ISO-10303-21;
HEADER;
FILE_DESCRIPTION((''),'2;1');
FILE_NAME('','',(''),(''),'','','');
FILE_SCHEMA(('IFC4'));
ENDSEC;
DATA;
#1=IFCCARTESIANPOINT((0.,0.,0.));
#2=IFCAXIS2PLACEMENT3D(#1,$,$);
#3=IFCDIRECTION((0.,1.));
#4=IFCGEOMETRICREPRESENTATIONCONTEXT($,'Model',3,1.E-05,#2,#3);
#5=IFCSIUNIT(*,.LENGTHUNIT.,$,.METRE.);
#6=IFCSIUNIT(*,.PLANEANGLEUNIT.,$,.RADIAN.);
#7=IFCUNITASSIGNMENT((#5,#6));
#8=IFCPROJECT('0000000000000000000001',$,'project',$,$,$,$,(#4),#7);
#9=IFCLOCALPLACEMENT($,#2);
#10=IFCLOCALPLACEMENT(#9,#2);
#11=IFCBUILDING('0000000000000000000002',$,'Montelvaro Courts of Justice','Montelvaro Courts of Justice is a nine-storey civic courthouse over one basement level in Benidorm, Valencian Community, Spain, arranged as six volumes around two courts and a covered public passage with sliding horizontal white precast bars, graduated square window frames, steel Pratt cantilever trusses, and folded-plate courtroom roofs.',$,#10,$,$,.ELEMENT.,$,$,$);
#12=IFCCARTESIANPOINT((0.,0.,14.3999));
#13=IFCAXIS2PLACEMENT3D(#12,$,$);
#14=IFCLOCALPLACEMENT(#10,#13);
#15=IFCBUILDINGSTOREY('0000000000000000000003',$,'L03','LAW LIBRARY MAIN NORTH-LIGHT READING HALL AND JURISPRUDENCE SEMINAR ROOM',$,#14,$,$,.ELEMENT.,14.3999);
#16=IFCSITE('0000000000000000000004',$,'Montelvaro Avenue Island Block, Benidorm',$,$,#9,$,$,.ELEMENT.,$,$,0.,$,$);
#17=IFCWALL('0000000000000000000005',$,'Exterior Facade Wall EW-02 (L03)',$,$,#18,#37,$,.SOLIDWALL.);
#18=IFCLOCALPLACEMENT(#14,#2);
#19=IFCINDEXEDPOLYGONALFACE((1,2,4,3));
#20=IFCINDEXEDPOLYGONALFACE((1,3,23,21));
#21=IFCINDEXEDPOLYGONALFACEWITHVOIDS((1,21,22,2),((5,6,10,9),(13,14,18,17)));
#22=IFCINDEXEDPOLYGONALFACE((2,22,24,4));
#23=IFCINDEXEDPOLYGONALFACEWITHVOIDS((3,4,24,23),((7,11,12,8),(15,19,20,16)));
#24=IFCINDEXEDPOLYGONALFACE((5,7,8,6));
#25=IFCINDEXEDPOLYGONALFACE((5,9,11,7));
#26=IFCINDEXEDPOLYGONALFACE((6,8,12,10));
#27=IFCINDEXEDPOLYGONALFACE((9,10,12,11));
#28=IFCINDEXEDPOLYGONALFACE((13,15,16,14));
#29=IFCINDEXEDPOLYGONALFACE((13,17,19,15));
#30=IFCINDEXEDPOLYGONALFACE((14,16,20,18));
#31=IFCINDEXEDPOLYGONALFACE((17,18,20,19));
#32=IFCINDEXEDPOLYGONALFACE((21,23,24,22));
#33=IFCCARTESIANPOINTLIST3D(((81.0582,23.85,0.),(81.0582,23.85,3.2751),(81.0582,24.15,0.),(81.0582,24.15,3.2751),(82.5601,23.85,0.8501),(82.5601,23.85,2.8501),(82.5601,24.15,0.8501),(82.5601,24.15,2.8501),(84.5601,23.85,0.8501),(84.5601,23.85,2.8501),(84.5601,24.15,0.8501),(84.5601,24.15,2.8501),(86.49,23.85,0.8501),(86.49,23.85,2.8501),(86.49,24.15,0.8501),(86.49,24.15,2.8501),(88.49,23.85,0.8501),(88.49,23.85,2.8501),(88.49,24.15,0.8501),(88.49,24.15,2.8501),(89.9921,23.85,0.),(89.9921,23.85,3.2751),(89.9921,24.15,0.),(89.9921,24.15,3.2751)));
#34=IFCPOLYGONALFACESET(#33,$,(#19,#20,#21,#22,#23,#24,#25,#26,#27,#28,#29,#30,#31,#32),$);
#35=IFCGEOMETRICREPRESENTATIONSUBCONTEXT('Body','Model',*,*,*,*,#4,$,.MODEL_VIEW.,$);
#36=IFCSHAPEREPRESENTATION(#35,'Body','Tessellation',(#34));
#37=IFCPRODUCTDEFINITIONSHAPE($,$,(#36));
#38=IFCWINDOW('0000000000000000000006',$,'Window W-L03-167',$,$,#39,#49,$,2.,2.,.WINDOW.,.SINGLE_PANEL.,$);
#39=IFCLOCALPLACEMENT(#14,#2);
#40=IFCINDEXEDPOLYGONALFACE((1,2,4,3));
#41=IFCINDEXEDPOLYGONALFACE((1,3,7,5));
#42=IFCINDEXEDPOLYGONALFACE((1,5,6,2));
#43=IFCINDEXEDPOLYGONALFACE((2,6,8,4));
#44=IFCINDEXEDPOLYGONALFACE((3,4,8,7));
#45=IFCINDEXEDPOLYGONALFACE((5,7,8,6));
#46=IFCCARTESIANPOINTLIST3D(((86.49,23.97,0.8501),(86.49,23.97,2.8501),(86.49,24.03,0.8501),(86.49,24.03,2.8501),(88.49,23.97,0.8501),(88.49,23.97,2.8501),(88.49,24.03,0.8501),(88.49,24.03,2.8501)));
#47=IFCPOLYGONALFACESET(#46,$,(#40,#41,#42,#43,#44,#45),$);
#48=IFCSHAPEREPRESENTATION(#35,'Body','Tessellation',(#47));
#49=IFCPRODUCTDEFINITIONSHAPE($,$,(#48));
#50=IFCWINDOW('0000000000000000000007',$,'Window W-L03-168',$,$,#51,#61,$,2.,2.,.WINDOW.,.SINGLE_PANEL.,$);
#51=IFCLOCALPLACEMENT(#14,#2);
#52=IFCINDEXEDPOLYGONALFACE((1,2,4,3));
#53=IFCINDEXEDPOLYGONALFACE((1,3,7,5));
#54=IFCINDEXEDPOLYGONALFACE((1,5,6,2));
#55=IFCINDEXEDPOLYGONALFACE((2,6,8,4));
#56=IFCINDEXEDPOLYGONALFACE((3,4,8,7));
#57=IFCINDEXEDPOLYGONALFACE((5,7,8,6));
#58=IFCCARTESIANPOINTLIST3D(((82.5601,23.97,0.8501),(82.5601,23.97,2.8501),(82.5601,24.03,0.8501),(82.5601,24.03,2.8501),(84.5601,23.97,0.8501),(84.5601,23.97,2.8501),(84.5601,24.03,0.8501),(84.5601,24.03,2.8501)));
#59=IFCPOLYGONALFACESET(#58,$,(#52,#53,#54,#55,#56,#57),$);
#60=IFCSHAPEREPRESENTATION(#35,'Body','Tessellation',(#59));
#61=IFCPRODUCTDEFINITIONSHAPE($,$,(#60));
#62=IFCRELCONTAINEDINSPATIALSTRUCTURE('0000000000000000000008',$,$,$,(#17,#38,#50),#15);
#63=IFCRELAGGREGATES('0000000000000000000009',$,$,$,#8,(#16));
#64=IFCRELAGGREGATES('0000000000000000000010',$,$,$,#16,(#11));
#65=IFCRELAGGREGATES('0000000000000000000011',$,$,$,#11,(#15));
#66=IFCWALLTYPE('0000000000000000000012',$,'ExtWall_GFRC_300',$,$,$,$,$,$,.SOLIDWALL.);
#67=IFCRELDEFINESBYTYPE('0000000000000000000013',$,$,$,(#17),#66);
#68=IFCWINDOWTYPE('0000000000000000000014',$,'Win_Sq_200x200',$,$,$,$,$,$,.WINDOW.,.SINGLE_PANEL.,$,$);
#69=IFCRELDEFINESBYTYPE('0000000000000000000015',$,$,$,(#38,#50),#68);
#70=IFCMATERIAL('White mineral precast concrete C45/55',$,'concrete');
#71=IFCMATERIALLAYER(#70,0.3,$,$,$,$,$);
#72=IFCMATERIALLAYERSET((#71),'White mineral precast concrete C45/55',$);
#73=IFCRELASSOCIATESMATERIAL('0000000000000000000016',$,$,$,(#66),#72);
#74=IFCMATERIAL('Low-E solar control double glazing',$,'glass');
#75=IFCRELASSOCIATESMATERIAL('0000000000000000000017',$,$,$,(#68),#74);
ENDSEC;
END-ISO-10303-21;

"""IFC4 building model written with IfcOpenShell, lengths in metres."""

from ifc_helpers import new_model, si_unit, direction, frame, frame_2d, origin, place, context, subcontext, project, spatial, rectangle, extrude, material, layer, layer_set, type_object, element, fill, save


model = new_model("IFC4")

# Units and contexts
model_context = context("Model", 3, precision=1e-05, world=origin(), true_north=direction((0.0, 1.0)))
body_context = subcontext(model_context, "Body", "Model", "MODEL_VIEW")
ifc_project = project(units=[si_unit("LENGTHUNIT", "METRE"), si_unit("PLANEANGLEUNIT", "RADIAN")], contexts=[model_context])

# Site, building, storey
site_placement = place(None, origin())
site = spatial("IfcSite", under=ifc_project, at=site_placement, Name="Montelvaro Avenue Island Block, Benidorm", CompositionType="ELEMENT", RefElevation=0.0)
building_placement = place(site_placement, origin())
building = spatial("IfcBuilding", under=site, at=building_placement, Name="Montelvaro Courts of Justice", Description="Montelvaro Courts of Justice is a nine-storey civic courthouse over one basement level in Benidorm, Valencian Community, Spain, arranged as six volumes around two courts and a covered public passage with sliding horizontal white precast bars, graduated square window frames, steel Pratt cantilever trusses, and folded-plate courtroom roofs.", CompositionType="ELEMENT")
storey_placement = place(building_placement, frame((0.0, 0.0, 14.3999)))
storey = spatial("IfcBuildingStorey", under=building, at=storey_placement, Name="L03", Description="LAW LIBRARY MAIN NORTH-LIGHT READING HALL AND JURISPRUDENCE SEMINAR ROOM", CompositionType="ELEMENT", Elevation=14.3999)

# Wall, openings, windows
ifc_material_1 = material(Name="White mineral precast concrete C45/55", Category="concrete")
ifc_layer_1 = layer(ifc_material_1, 0.3)
ifc_layer_set_1 = layer_set([ifc_layer_1], Name="White mineral precast concrete C45/55")
wall_type_1 = type_object("IfcWallType", Name="ExtWall_GFRC_300", PredefinedType="SOLIDWALL", material=ifc_layer_set_1)
wall_1_placement = place(storey_placement, frame((89.9919, 24.0, 0.0), z_axis=(0.0, 0.0, 1.0), x_axis=(-1.0, 0.0, 0.0)))
wall_1 = element("IfcWall", 1, at=wall_1_placement, inside=storey, type_object=wall_type_1, Name="Exterior Facade Wall EW-02 (L03)", PredefinedType="SOLIDWALL", context=body_context, shape_type="SweptSolid", body=[
    extrude(rectangle(XDim=8.9338, YDim=0.3, at=frame_2d((4.4668, 0.0))), origin(), (0.0, 0.0, 1.0), 3.2751),
])
opening_1_placement = place(wall_1_placement, frame((1.502, 0.0, 0.8501)))
opening_1 = element("IfcOpeningElement", 2, at=opening_1_placement, cuts=wall_1, PredefinedType="OPENING", context=body_context, shape_type="SweptSolid", body=[
    extrude(rectangle(XDim=2.0, YDim=2.0, at=frame_2d((1.0, 1.0))), frame((0.0, 0.165, 0.0), z_axis=(0.0, -1.0, 0.0), x_axis=(1.0, 0.0, 0.0)), (0.0, 0.0, 1.0), 0.3298),
])
opening_2_placement = place(wall_1_placement, frame((5.4319, 0.0, 0.8501)))
opening_2 = element("IfcOpeningElement", 3, at=opening_2_placement, cuts=wall_1, PredefinedType="OPENING", context=body_context, shape_type="SweptSolid", body=[
    extrude(rectangle(XDim=2.0, YDim=2.0, at=frame_2d((1.0, 1.0))), frame((0.0, 0.165, 0.0), z_axis=(0.0, -1.0, 0.0), x_axis=(1.0, 0.0, 0.0)), (0.0, 0.0, 1.0), 0.3298),
])
ifc_material_2 = material(Name="Low-E solar control double glazing", Category="glass")
window_type = type_object("IfcWindowType", Name="Win_Sq_200x200", PartitioningType="SINGLE_PANEL", PredefinedType="WINDOW", material=ifc_material_2)
window_1_placement = place(opening_1_placement, origin())
window_1 = element("IfcWindow", 4, at=window_1_placement, inside=storey, type_object=window_type, Name="Window W-L03-167", OverallHeight=2.0, OverallWidth=2.0, PartitioningType="SINGLE_PANEL", PredefinedType="WINDOW", context=body_context, shape_type="SweptSolid", body=[
    extrude(rectangle(XDim=2.0, YDim=2.0, at=frame_2d((1.0, 1.0))), frame((0.0, 0.03, 0.0), z_axis=(0.0, -1.0, 0.0), x_axis=(1.0, 0.0, 0.0)), (0.0, 0.0, 1.0), 0.0601),
])
fill(opening_1, window_1)
window_2_placement = place(opening_2_placement, origin())
window_2 = element("IfcWindow", 5, at=window_2_placement, inside=storey, type_object=window_type, Name="Window W-L03-168", OverallHeight=2.0, OverallWidth=2.0, PartitioningType="SINGLE_PANEL", PredefinedType="WINDOW", context=body_context, shape_type="SweptSolid", body=[
    extrude(rectangle(XDim=2.0, YDim=2.0, at=frame_2d((1.0, 1.0))), frame((0.0, 0.03, 0.0), z_axis=(0.0, -1.0, 0.0), x_axis=(1.0, 0.0, 0.0)), (0.0, 0.0, 1.0), 0.0601),
])
fill(opening_2, window_2)

save(model, "model.ifc")
